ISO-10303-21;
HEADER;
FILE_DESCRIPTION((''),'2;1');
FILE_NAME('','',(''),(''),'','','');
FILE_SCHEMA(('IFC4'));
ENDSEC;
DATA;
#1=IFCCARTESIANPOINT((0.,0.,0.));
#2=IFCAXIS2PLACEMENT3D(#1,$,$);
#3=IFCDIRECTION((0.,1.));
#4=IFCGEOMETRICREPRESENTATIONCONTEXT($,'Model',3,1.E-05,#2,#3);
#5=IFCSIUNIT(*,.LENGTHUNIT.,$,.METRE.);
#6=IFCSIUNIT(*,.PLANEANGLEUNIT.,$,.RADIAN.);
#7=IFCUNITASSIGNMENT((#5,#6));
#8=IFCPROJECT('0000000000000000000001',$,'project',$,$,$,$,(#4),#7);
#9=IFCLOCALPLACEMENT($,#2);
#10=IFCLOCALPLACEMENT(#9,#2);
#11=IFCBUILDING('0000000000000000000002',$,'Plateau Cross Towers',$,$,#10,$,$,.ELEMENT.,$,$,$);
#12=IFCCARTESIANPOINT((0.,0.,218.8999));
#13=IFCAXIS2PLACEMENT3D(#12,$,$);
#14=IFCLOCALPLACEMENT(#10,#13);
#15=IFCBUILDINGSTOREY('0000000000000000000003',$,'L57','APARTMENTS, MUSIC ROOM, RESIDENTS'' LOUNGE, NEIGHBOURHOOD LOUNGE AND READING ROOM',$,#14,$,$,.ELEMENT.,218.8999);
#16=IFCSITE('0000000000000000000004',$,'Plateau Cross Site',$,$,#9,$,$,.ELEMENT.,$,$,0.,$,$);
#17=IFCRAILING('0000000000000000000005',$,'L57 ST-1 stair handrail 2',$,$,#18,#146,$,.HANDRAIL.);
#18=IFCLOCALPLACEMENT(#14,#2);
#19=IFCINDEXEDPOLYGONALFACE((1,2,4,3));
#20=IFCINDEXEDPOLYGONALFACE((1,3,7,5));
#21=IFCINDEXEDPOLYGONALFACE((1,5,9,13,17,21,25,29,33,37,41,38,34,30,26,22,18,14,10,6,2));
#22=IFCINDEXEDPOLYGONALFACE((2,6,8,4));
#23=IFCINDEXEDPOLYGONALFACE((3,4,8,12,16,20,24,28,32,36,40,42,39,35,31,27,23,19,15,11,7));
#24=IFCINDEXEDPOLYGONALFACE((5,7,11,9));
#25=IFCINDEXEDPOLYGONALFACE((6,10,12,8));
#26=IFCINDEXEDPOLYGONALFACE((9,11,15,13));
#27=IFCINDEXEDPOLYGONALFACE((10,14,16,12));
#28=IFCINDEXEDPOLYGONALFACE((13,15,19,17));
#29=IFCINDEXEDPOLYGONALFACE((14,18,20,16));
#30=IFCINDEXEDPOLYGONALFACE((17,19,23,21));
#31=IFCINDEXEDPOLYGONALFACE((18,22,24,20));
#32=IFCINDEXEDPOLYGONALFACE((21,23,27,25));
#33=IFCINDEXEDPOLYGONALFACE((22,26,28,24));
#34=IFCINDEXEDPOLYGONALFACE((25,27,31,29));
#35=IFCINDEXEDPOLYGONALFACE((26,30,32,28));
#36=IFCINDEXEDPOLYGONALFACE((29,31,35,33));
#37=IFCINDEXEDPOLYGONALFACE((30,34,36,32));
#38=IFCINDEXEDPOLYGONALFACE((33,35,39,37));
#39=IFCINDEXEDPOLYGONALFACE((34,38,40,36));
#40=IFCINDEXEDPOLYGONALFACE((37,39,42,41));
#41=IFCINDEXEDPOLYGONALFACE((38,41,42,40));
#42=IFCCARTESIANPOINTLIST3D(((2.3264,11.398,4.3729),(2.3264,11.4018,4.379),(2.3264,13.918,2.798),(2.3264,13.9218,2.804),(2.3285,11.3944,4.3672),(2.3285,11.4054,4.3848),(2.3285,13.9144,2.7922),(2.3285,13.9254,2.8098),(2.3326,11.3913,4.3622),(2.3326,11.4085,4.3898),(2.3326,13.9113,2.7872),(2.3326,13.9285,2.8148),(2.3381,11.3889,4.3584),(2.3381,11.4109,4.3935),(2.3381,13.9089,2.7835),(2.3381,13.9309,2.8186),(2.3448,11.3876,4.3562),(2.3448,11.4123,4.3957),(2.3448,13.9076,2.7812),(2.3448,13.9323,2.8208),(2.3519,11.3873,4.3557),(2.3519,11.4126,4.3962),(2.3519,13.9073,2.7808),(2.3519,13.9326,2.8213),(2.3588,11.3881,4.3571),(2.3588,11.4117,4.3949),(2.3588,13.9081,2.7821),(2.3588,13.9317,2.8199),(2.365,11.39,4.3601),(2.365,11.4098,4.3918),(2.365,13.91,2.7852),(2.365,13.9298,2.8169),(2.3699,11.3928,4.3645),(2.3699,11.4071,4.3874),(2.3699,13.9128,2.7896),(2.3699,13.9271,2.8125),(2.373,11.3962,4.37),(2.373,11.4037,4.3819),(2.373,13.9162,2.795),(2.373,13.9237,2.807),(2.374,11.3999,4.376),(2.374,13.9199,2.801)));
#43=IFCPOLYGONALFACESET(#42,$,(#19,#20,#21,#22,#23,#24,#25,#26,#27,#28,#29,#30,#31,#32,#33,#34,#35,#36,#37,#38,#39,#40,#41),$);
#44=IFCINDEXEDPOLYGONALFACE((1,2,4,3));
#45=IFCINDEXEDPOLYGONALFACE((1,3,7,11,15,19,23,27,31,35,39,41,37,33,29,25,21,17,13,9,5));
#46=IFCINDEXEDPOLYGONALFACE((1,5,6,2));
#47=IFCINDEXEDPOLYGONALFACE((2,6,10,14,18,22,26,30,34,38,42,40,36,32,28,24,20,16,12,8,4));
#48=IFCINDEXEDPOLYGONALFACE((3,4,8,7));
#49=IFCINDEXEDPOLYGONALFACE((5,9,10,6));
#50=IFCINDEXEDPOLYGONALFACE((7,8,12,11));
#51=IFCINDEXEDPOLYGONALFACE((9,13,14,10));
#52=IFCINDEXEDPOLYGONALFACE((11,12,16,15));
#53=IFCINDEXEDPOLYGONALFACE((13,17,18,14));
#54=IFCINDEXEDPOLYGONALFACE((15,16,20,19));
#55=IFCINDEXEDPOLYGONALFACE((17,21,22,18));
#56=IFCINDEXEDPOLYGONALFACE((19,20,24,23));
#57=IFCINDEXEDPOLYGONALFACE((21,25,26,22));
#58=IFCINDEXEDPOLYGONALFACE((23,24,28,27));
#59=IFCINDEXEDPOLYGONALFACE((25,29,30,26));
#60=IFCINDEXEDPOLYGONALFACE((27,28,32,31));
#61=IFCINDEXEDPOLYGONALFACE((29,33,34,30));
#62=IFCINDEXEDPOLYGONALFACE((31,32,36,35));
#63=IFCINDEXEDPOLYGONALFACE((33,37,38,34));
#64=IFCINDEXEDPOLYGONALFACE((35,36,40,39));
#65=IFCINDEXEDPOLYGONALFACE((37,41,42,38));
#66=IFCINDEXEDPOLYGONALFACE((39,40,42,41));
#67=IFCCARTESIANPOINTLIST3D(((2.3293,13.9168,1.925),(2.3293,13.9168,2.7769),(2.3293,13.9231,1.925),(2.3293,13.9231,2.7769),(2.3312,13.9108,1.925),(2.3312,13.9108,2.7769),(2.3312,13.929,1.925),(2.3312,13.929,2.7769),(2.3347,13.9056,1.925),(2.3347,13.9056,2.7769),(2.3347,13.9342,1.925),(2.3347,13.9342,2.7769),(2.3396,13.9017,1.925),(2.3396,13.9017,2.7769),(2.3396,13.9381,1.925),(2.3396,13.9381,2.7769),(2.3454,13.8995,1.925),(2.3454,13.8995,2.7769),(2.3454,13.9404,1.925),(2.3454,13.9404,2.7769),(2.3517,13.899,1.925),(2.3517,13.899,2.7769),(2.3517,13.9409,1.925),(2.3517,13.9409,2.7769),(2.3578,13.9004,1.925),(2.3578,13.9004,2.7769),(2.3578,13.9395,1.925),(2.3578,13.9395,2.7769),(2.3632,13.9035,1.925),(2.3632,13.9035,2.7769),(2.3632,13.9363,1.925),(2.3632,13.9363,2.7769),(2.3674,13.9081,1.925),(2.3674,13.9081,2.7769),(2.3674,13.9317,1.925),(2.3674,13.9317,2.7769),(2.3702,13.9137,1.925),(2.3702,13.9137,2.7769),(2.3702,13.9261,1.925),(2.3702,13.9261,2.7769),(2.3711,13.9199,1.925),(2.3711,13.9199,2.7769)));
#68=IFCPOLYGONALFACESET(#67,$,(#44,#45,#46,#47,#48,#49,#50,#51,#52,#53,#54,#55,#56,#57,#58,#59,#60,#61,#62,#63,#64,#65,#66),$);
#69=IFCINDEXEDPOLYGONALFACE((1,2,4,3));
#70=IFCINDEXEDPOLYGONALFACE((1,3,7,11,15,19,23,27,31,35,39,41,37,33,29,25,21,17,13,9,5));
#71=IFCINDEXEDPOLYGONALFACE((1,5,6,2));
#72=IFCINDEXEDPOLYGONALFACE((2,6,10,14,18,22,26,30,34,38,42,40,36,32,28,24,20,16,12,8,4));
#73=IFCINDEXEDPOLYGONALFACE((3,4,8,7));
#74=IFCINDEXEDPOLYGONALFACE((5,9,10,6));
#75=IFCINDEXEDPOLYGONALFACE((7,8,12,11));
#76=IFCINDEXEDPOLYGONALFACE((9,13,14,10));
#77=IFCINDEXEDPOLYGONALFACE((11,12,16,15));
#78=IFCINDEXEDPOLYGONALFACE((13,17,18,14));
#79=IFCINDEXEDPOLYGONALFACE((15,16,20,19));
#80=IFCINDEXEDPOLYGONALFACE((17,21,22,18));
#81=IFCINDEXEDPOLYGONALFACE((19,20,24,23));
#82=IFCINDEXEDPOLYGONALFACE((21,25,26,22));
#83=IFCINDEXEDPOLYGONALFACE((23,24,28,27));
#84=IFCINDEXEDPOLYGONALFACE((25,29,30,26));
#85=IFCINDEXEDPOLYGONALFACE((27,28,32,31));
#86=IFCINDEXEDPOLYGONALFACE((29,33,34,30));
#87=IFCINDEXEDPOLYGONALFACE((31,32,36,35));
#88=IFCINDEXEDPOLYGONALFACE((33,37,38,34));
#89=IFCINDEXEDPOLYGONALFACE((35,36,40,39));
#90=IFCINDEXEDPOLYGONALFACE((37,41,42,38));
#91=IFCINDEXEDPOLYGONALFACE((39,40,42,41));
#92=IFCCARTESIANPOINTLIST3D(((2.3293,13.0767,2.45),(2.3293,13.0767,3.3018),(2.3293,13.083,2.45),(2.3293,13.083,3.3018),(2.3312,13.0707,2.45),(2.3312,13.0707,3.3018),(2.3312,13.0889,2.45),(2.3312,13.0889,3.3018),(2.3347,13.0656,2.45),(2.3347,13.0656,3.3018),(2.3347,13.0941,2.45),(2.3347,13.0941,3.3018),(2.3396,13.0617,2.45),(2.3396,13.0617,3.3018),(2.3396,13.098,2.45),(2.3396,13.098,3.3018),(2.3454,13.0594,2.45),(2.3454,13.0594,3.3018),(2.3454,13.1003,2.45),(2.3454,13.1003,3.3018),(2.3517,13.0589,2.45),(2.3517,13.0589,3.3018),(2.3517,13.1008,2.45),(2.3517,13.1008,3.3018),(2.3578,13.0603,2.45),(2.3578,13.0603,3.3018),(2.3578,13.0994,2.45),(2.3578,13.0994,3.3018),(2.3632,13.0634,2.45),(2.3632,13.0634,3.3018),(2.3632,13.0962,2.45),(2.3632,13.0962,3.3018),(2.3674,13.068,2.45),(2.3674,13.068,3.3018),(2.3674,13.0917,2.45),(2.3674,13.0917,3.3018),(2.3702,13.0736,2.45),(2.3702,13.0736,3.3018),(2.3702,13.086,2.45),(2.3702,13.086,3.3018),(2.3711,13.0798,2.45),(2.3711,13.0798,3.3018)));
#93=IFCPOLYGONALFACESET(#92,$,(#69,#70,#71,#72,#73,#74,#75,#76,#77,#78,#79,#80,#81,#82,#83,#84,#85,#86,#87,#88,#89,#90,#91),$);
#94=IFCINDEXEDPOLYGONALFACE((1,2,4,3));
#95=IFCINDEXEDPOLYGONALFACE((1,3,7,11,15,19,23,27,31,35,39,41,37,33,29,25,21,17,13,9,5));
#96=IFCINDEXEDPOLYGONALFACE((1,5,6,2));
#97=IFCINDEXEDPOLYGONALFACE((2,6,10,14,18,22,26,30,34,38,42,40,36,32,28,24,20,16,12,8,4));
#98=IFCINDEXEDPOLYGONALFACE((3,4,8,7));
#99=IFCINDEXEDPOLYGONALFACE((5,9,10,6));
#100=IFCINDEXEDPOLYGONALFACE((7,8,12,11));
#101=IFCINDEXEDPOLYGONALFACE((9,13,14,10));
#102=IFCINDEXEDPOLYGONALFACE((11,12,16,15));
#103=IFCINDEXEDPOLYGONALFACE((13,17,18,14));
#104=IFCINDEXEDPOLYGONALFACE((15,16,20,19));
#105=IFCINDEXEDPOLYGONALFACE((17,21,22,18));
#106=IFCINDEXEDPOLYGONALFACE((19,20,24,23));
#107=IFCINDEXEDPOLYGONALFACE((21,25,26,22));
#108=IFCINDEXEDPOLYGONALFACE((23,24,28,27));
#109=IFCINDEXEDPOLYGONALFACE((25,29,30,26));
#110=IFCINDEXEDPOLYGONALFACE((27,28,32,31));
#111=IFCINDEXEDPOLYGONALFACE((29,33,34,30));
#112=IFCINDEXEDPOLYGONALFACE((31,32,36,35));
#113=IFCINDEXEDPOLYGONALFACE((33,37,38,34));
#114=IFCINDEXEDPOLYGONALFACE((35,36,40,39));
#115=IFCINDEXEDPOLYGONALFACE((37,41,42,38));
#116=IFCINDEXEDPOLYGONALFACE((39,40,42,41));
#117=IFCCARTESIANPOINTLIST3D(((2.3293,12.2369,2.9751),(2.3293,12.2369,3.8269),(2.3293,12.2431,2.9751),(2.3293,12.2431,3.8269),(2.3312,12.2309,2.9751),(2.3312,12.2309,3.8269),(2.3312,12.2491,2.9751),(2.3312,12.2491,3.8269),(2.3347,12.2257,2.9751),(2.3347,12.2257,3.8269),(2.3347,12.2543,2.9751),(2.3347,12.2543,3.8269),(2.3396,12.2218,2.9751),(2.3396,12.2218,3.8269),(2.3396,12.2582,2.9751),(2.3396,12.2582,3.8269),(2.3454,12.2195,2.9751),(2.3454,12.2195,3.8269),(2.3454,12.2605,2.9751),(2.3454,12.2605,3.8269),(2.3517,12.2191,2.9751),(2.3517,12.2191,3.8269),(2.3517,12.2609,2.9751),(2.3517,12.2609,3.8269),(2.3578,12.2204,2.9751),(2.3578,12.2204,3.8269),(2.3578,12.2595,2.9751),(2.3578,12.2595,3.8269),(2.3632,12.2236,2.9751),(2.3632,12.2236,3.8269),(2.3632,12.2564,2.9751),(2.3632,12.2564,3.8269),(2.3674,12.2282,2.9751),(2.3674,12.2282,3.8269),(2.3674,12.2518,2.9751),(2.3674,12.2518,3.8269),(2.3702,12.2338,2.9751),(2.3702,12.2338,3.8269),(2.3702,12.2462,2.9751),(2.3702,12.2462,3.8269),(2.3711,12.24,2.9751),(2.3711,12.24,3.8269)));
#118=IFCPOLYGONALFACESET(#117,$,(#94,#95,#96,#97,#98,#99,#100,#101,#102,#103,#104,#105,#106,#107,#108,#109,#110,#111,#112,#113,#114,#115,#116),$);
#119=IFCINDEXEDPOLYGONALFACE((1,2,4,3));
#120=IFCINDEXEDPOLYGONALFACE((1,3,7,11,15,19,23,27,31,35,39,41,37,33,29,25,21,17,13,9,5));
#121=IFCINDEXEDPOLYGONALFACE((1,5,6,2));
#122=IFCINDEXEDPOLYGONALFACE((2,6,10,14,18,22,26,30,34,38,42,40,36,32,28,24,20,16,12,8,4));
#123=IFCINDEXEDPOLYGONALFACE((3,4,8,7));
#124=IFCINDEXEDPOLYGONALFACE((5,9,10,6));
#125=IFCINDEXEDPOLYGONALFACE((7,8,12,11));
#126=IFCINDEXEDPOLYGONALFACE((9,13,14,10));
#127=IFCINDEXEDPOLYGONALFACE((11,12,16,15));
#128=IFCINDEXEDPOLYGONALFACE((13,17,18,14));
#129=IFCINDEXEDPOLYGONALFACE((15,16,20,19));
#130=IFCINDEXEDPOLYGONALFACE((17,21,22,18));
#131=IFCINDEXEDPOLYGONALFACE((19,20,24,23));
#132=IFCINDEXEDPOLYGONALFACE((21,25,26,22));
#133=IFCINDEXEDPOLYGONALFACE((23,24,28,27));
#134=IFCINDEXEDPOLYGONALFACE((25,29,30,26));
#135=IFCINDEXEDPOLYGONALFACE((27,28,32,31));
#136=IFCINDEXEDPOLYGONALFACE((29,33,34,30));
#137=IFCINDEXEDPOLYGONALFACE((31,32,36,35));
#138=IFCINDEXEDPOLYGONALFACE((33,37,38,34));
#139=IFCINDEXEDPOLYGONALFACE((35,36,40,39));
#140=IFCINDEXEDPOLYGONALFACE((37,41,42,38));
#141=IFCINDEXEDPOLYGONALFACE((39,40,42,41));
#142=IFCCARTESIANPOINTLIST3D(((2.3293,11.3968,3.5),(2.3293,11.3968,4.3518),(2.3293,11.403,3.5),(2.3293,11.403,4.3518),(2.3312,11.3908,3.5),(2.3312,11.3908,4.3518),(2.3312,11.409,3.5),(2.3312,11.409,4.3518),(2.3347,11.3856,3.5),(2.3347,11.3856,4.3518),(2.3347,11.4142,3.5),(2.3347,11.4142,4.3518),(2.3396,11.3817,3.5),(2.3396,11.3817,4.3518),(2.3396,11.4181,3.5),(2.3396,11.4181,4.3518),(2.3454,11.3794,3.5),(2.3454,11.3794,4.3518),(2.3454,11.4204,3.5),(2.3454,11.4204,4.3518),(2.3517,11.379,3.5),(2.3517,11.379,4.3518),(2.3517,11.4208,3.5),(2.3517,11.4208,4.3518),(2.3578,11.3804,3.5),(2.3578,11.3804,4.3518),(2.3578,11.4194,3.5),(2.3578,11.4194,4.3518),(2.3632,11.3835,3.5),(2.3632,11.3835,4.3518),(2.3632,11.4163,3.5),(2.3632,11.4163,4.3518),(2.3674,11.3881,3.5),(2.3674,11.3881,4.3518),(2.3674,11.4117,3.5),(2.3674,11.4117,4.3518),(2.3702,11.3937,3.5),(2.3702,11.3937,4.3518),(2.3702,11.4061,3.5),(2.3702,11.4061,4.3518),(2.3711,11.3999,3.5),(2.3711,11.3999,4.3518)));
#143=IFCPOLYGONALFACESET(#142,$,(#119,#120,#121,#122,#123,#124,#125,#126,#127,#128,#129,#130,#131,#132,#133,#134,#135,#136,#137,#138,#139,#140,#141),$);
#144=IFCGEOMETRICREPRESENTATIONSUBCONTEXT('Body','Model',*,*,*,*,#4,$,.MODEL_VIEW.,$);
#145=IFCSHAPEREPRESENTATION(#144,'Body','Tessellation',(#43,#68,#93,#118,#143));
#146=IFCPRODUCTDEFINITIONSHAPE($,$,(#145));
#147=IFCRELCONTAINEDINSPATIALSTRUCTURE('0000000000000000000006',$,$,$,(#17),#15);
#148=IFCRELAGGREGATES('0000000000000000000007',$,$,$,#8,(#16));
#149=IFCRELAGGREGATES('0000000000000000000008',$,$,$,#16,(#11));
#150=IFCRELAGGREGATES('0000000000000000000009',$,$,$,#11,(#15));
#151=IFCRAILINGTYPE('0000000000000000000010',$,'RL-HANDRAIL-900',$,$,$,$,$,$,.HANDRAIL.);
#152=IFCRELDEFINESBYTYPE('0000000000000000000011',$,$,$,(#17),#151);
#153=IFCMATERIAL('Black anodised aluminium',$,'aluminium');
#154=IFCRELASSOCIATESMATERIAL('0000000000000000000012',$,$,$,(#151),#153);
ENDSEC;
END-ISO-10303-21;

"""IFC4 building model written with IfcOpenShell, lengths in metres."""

from ifc_helpers import new_model, si_unit, direction, frame, origin, origin_2d, place, context, subcontext, project, spatial, circle, extrude, material, type_object, element, save


model = new_model("IFC4")

# Units and contexts
model_context = context("Model", 3, precision=1e-05, world=origin(), true_north=direction((0.0, 1.0)))
body_context = subcontext(model_context, "Body", "Model", "MODEL_VIEW")
ifc_project = project(units=[si_unit("LENGTHUNIT", "METRE"), si_unit("PLANEANGLEUNIT", "RADIAN")], contexts=[model_context])

# Site, building, storey
site_placement = place(None, origin())
site = spatial("IfcSite", under=ifc_project, at=site_placement, Name="Plateau Cross Site", CompositionType="ELEMENT", RefElevation=0.0)
building_placement = place(site_placement, origin())
building = spatial("IfcBuilding", under=site, at=building_placement, Name="Plateau Cross Towers", CompositionType="ELEMENT")
storey_placement = place(building_placement, frame((0.0, 0.0, 218.8999)))
storey = spatial("IfcBuildingStorey", under=building, at=storey_placement, Name="L57", Description="APARTMENTS, MUSIC ROOM, RESIDENTS' LOUNGE, NEIGHBOURHOOD LOUNGE AND READING ROOM", CompositionType="ELEMENT", Elevation=218.8999)

# Shared definitions
ifc_material_1 = material(Name="Black anodised aluminium", Category="aluminium")

# Railing
railing_type = type_object("IfcRailingType", Name="RL-HANDRAIL-900", PredefinedType="HANDRAIL", material=ifc_material_1)
railing_placement = place(storey_placement, frame((2.3501, 13.9199, 1.925)))
element("IfcRailing", 1, at=railing_placement, inside=storey, type_object=railing_type, Name="L57 ST-1 stair handrail 2", PredefinedType="HANDRAIL", context=body_context, shape_type="SweptSolid", body=[
    extrude(circle(Radius=0.0239, at=origin_2d()), frame((0.0, 0.0, 0.876), z_axis=(0.0, -0.848008, 0.529984), x_axis=(1.0, 0.0, 0.0)), (0.0, 0.0, 1.0), 2.9717),
    extrude(circle(Radius=0.021, at=origin_2d()), origin(), (0.0, 0.0, 1.0), 0.8518),
    extrude(circle(Radius=0.021, at=origin_2d()), frame((0.0, -0.8401, 0.5249)), (0.0, 0.0, 1.0), 0.8518),
    extrude(circle(Radius=0.021, at=origin_2d()), frame((0.0, -1.6799, 1.05)), (0.0, 0.0, 1.0), 0.8518),
    extrude(circle(Radius=0.021, at=origin_2d()), frame((0.0, -2.52, 1.575)), (0.0, 0.0, 1.0), 0.8518),
])

save(model, "model.ifc")
